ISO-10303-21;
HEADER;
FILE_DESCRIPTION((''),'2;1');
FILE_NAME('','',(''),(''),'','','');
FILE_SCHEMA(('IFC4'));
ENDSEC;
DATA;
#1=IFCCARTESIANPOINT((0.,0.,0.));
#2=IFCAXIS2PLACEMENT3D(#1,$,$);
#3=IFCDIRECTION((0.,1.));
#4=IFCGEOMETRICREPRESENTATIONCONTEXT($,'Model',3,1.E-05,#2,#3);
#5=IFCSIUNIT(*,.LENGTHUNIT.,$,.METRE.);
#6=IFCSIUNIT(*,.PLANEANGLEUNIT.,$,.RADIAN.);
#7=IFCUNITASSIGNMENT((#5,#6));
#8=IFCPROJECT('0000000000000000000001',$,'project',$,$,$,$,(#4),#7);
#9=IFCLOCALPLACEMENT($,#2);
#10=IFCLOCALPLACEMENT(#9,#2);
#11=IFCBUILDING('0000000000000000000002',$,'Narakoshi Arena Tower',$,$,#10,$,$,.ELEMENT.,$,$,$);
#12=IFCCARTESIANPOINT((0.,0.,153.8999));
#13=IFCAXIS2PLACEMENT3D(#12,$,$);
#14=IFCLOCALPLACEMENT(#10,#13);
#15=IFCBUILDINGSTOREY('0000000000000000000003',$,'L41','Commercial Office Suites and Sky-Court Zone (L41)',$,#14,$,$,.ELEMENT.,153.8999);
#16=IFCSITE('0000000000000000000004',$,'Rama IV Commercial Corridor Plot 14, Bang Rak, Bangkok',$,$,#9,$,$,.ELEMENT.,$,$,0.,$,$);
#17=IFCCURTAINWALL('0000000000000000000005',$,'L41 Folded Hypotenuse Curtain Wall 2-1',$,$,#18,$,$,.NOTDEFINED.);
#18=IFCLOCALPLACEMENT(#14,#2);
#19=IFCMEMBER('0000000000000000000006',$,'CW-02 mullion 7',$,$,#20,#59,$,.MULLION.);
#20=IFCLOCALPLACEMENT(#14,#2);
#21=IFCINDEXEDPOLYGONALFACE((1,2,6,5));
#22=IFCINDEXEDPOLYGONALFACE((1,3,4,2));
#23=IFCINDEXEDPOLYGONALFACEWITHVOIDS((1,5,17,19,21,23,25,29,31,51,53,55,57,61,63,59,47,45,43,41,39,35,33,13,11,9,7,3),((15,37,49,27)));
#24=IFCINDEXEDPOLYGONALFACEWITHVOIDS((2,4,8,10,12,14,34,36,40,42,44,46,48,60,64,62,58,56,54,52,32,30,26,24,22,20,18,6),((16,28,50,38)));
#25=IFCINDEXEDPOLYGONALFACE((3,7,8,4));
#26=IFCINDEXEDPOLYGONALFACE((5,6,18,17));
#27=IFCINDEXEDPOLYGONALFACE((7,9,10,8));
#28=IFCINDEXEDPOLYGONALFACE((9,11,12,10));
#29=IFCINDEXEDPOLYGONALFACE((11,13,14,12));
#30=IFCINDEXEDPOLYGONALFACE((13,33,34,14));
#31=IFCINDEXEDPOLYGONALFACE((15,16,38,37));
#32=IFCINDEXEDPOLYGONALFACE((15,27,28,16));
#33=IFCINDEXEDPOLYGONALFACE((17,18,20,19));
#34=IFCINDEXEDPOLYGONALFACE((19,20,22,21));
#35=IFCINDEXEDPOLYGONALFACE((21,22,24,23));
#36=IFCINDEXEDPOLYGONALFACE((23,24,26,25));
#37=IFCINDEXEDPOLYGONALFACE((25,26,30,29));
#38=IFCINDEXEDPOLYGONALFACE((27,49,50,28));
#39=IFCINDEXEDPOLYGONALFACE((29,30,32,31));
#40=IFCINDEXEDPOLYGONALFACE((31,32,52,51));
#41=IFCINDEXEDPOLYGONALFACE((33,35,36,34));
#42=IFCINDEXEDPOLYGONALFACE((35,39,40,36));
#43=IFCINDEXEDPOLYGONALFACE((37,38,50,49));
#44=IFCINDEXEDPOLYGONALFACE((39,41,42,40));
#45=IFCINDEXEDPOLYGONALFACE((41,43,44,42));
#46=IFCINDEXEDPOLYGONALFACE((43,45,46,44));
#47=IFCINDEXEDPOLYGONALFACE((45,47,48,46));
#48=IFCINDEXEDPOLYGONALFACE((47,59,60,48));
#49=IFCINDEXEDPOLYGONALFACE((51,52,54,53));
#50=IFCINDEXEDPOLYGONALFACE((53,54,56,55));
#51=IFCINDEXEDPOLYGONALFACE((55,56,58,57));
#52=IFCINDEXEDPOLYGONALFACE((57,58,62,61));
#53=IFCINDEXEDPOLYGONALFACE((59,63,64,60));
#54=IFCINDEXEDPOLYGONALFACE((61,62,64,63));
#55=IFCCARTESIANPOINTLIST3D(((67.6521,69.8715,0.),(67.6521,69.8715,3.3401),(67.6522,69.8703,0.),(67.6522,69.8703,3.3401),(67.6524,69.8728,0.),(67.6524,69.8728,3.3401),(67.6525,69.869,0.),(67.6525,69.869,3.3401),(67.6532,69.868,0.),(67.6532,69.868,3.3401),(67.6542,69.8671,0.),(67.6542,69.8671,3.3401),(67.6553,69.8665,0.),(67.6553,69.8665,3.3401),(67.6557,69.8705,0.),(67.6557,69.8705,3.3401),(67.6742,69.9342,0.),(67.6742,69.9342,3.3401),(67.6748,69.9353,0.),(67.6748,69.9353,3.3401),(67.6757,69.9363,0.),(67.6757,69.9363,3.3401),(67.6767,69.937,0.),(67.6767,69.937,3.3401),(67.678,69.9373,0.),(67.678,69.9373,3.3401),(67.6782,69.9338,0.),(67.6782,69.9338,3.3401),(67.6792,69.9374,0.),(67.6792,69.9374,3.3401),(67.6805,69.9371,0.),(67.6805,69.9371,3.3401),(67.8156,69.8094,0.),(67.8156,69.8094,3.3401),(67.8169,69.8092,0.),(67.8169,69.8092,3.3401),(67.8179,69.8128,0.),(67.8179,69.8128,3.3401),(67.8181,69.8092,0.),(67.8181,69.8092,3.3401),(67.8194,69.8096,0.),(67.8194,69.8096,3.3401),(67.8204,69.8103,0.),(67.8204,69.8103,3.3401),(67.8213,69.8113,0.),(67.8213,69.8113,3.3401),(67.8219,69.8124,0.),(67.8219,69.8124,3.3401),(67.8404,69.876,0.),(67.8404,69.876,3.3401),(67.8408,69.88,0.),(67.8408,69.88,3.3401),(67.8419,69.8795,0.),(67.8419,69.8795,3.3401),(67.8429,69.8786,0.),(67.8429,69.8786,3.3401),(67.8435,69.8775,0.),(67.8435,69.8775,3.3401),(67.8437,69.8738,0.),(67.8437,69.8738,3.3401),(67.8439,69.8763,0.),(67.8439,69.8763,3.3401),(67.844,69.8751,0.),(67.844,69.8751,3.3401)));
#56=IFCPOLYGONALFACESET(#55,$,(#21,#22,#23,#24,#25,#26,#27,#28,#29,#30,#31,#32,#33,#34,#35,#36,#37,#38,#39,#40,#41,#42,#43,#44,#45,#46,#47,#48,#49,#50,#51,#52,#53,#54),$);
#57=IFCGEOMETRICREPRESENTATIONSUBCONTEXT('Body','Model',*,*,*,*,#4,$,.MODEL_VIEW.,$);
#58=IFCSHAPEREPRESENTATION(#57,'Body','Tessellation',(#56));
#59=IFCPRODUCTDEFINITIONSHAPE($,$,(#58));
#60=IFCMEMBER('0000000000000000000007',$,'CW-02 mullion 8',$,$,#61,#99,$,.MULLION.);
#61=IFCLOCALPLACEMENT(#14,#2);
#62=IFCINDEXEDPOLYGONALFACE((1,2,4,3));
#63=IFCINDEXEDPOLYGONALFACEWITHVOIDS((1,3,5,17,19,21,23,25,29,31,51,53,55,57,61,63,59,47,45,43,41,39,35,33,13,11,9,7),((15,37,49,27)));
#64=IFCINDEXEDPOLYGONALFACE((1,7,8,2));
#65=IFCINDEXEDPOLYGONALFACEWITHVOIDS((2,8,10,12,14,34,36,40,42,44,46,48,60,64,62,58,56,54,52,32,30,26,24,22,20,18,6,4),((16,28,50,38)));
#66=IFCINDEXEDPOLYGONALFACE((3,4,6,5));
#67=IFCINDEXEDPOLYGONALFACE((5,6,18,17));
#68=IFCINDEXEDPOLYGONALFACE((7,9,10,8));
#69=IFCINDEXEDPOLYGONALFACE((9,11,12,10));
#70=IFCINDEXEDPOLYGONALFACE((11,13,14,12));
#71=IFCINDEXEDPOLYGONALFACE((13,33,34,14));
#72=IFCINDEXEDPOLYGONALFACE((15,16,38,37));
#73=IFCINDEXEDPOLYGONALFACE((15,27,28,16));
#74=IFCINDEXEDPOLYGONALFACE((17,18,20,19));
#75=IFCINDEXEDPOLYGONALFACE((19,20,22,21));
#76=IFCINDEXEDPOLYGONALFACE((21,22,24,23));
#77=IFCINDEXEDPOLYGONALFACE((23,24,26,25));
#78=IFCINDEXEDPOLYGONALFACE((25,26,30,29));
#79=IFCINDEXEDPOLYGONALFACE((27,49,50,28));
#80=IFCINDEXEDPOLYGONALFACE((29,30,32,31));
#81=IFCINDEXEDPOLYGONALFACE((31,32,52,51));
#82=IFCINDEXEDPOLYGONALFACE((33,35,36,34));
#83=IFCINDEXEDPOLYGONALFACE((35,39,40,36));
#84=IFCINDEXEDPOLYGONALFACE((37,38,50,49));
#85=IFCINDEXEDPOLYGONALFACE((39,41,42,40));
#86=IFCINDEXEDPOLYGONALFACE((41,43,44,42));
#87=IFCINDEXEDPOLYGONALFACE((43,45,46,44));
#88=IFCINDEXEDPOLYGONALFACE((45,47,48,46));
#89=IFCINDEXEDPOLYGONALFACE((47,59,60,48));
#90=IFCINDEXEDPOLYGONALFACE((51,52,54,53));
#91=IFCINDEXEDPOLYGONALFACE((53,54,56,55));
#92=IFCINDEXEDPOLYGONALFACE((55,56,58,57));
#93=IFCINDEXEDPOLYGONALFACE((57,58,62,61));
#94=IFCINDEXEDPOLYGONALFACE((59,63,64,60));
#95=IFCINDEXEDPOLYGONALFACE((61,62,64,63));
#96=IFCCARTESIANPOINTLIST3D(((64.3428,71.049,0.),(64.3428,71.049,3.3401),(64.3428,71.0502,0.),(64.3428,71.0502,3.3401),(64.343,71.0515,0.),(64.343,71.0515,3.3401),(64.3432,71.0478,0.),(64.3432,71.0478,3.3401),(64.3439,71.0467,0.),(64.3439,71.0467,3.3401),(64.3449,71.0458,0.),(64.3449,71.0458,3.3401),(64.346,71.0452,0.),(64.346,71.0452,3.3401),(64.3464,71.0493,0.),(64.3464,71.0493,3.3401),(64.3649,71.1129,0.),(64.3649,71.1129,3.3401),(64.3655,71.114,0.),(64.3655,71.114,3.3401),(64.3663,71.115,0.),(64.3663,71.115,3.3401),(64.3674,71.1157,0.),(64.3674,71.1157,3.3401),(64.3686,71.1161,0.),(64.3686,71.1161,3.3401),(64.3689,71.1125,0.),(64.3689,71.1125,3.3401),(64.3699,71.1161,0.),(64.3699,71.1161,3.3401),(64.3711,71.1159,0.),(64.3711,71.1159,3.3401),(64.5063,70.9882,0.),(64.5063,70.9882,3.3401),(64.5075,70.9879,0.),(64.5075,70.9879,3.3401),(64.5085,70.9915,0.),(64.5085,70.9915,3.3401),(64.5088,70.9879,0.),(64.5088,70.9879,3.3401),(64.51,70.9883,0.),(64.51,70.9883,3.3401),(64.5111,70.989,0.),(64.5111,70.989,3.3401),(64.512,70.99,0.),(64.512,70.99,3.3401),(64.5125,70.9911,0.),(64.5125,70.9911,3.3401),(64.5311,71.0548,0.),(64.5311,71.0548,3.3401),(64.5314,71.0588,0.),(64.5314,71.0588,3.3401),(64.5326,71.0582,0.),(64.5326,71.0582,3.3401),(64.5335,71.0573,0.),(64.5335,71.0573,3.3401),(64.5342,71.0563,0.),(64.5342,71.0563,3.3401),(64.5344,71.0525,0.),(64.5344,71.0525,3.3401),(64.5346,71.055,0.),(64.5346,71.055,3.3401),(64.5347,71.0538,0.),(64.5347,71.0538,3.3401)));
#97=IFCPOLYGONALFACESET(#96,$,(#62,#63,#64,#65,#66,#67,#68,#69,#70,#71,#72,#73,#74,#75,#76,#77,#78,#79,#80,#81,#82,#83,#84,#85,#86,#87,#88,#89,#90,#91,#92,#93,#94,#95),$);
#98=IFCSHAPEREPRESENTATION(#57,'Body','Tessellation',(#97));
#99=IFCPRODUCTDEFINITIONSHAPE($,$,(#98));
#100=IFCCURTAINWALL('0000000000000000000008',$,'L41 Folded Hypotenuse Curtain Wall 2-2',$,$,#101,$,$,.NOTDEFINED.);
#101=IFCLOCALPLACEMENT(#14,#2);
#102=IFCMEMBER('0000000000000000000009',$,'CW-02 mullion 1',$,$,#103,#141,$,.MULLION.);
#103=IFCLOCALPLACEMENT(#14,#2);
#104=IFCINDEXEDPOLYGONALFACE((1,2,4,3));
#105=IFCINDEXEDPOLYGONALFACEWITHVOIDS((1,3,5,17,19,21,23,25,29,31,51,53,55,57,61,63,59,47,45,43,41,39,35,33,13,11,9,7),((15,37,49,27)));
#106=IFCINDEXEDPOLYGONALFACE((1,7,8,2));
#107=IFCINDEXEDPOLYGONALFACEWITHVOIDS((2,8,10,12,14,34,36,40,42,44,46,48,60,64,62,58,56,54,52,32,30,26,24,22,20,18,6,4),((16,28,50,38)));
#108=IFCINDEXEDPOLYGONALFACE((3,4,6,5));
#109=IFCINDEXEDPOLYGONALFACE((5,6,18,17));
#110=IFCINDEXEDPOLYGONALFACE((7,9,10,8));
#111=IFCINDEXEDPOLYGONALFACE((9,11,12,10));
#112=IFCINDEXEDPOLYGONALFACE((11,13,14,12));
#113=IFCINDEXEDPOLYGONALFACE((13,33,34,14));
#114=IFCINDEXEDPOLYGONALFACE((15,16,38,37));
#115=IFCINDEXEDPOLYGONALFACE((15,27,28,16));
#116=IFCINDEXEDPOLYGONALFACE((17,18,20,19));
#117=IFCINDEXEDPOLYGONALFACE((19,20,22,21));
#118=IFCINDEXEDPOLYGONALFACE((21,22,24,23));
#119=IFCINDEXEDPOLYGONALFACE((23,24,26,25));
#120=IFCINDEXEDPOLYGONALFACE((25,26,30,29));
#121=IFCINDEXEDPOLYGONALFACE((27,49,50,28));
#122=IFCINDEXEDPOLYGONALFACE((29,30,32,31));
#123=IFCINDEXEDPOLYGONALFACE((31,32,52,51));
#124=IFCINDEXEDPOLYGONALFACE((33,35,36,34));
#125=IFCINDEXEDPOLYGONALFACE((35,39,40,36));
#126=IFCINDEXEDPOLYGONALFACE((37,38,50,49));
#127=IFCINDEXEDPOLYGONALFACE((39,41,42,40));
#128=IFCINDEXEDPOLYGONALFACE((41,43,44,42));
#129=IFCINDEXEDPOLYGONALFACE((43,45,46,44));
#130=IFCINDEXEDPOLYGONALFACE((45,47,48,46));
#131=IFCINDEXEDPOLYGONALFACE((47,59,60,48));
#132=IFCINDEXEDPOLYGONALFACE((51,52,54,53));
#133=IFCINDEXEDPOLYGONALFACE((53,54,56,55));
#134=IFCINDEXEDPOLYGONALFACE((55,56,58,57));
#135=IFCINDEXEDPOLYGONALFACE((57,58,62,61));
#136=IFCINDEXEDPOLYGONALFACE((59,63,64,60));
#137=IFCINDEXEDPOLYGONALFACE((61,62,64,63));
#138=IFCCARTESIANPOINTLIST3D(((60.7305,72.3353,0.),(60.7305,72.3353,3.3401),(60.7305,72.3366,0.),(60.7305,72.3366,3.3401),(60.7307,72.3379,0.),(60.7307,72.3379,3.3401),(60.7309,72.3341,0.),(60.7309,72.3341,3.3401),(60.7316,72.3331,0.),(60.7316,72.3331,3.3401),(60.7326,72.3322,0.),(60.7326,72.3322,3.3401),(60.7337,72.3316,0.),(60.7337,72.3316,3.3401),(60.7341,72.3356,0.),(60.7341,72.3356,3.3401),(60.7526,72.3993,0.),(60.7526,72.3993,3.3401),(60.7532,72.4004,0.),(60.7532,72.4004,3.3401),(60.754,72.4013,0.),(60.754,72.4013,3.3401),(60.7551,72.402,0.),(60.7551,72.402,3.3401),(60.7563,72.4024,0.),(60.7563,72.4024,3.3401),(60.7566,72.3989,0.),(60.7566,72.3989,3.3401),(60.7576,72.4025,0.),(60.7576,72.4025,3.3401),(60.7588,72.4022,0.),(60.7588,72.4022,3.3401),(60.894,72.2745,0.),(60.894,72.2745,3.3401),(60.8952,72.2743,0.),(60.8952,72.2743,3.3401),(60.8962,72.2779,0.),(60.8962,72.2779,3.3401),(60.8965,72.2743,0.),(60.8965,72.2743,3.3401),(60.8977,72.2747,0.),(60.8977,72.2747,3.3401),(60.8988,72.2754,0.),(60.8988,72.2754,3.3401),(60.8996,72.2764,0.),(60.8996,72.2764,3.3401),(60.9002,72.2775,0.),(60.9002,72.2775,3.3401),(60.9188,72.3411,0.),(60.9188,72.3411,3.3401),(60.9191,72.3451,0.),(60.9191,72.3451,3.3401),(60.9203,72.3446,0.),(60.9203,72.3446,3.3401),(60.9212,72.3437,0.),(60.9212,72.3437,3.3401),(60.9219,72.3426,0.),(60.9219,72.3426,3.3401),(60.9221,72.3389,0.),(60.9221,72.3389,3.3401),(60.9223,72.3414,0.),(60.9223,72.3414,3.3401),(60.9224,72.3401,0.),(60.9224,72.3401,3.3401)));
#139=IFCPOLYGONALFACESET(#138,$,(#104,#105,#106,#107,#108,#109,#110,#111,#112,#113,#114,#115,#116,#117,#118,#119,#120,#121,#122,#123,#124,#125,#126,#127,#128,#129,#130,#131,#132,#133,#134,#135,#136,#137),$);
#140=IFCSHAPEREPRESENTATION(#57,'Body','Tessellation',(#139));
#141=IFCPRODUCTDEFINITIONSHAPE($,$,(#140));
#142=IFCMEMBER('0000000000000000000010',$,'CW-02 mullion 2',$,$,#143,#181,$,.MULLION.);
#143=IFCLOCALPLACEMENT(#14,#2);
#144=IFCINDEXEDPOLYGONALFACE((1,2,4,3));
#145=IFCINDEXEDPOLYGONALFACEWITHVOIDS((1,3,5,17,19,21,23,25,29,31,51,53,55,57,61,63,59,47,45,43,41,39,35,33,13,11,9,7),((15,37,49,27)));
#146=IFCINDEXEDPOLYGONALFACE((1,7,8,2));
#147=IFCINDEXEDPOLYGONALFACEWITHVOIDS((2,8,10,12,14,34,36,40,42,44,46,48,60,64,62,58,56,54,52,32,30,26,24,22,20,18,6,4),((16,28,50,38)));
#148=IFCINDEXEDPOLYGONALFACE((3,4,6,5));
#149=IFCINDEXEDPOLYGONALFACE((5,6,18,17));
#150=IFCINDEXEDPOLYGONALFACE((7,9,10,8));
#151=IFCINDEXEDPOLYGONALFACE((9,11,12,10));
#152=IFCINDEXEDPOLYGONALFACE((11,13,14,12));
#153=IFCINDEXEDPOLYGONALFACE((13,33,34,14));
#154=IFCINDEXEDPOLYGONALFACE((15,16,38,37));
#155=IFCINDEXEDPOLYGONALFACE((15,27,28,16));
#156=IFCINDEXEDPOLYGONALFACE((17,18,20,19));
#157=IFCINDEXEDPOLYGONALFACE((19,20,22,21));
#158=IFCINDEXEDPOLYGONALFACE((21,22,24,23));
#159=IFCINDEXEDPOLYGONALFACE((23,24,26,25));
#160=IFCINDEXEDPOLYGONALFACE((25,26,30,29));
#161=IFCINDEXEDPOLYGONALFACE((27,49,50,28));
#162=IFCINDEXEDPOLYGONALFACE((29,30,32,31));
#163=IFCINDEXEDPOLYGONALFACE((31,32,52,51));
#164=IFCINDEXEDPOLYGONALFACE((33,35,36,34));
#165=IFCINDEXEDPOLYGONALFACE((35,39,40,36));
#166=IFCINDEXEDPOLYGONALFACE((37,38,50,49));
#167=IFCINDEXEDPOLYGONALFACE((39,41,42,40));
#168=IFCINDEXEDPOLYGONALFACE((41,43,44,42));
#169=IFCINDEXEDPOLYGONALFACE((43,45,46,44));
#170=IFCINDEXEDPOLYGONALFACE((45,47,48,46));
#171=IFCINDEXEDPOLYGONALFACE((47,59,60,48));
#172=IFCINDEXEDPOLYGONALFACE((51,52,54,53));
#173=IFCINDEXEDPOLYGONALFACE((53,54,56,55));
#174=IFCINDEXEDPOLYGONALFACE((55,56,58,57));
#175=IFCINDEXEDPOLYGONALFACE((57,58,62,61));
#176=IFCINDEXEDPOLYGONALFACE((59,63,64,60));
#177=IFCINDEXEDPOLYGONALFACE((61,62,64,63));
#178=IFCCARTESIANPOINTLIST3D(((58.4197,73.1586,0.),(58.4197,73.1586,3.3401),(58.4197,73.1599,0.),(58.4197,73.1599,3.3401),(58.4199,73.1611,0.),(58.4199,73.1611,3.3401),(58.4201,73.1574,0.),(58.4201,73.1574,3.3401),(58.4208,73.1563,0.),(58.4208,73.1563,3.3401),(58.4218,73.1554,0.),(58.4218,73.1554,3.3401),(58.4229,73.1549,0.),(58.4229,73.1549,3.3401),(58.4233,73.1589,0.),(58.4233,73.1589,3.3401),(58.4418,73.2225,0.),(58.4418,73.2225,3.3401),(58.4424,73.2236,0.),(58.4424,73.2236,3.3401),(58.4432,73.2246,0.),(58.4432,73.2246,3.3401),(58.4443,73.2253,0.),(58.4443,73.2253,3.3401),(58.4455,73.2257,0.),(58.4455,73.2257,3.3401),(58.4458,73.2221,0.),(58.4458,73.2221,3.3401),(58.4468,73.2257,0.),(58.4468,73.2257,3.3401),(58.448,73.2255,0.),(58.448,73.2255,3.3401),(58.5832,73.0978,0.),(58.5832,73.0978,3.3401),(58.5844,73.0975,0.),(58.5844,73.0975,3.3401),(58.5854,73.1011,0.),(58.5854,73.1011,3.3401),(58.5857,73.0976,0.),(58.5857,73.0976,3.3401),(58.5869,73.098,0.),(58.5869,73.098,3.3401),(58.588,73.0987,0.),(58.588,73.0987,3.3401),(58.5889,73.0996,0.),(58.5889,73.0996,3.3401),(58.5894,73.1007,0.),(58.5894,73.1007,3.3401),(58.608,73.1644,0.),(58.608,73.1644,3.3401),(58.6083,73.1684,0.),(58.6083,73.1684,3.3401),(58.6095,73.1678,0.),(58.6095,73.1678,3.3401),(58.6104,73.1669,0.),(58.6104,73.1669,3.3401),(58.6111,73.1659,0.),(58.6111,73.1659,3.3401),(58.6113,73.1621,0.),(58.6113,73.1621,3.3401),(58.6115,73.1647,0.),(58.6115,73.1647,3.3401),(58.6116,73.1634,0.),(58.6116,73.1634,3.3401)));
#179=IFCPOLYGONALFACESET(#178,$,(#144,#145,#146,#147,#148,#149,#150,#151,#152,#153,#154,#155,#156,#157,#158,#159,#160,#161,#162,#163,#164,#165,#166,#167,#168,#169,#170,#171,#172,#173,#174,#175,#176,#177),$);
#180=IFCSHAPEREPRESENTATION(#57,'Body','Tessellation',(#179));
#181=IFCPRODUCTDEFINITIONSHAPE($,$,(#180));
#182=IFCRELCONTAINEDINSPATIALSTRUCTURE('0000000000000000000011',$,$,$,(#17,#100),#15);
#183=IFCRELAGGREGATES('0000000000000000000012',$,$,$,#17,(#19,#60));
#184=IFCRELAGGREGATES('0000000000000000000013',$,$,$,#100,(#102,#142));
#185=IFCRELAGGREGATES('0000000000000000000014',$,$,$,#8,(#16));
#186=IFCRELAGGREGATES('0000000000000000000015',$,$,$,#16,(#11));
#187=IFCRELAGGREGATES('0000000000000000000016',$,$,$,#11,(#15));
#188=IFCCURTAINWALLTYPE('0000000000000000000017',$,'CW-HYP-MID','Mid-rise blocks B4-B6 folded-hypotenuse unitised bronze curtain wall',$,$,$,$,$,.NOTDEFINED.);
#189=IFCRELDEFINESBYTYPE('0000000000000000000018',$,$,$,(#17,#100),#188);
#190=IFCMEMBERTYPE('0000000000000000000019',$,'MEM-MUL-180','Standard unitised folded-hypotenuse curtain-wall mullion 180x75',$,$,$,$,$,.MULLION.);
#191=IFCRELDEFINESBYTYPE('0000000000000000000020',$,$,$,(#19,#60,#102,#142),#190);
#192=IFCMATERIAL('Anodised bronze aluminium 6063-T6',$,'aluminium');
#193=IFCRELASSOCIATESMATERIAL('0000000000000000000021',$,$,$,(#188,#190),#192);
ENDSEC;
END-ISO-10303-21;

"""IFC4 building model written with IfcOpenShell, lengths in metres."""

from ifc_helpers import new_model, si_unit, direction, frame, origin, origin_2d, place, context, subcontext, project, spatial, hollow_rectangle, extrude, material, material_profile, profile_set, type_object, element, aggregate, save


model = new_model("IFC4")

# Units and contexts
model_context = context("Model", 3, precision=1e-05, world=origin(), true_north=direction((0.0, 1.0)))
body_context = subcontext(model_context, "Body", "Model", "MODEL_VIEW")
ifc_project = project(units=[si_unit("LENGTHUNIT", "METRE"), si_unit("PLANEANGLEUNIT", "RADIAN")], contexts=[model_context])

# Site, building, storey
site_placement = place(None, origin())
site = spatial("IfcSite", under=ifc_project, at=site_placement, Name="Rama IV Commercial Corridor Plot 14, Bang Rak, Bangkok", CompositionType="ELEMENT", RefElevation=0.0)
building_placement = place(site_placement, origin())
building = spatial("IfcBuilding", under=site, at=building_placement, Name="Narakoshi Arena Tower", CompositionType="ELEMENT")
storey_placement = place(building_placement, frame((0.0, 0.0, 153.8999)))
storey = spatial("IfcBuildingStorey", under=building, at=storey_placement, Name="L41", Description="Commercial Office Suites and Sky-Court Zone (L41)", CompositionType="ELEMENT", Elevation=153.8999)

# Curtain walls, members
ifc_material_1 = material(Name="Anodised bronze aluminium 6063-T6", Category="aluminium")
curtain_wall_type = type_object("IfcCurtainWallType", Name="CW-HYP-MID", Description="Mid-rise blocks B4-B6 folded-hypotenuse unitised bronze curtain wall", PredefinedType="NOTDEFINED", material=ifc_material_1)
curtain_wall_1_placement = place(storey_placement, origin())
curtain_wall_1 = element("IfcCurtainWall", 1, at=curtain_wall_1_placement, inside=storey, type_object=curtain_wall_type, Name="L41 Folded Hypotenuse Curtain Wall 2-1", PredefinedType="NOTDEFINED")
ifc_material_profile_1 = material_profile(ifc_material_1, hollow_rectangle(XDim=0.075, YDim=0.1799, WallThickness=0.0039, OuterFilletRadius=0.0049, at=origin_2d()), Name="MUL180x75x4")
ifc_profile_set_1 = profile_set([ifc_material_profile_1], Name="Anodised bronze aluminium 6063-T6")
member_type_1 = type_object("IfcMemberType", Name="MEM-MUL-180", Description="Standard unitised folded-hypotenuse curtain-wall mullion 180x75", PredefinedType="MULLION", material=ifc_profile_set_1)
member_1_placement = place(storey_placement, frame((67.748, 69.8733, 0.0), z_axis=(0.0, 0.0, 1.0), x_axis=(-0.335518, -0.942034, 0.0)))
member_1 = element("IfcMember", 2, at=member_1_placement, type_object=member_type_1, Name="CW-02 mullion 7", PredefinedType="MULLION", context=body_context, shape_type="SweptSolid", body=[
    extrude(hollow_rectangle(XDim=0.075, YDim=0.1799, WallThickness=0.0039, OuterFilletRadius=0.0049, at=origin_2d()), origin(), (0.0, 0.0, 1.0), 3.3401),
])
member_2_placement = place(storey_placement, frame((64.4387, 71.052, 0.0), z_axis=(0.0, 0.0, 1.0), x_axis=(-0.335518, -0.942034, 0.0)))
member_2 = element("IfcMember", 3, at=member_2_placement, type_object=member_type_1, Name="CW-02 mullion 8", PredefinedType="MULLION", context=body_context, shape_type="SweptSolid", body=[
    extrude(hollow_rectangle(XDim=0.075, YDim=0.1799, WallThickness=0.0039, OuterFilletRadius=0.0049, at=origin_2d()), origin(), (0.0, 0.0, 1.0), 3.3401),
])
curtain_wall_2_placement = place(storey_placement, origin())
curtain_wall_2 = element("IfcCurtainWall", 4, at=curtain_wall_2_placement, inside=storey, type_object=curtain_wall_type, Name="L41 Folded Hypotenuse Curtain Wall 2-2", PredefinedType="NOTDEFINED")
member_3_placement = place(storey_placement, frame((60.8264, 72.3384, 0.0), z_axis=(0.0, 0.0, 1.0), x_axis=(-0.335542, -0.942025, 0.0)))
member_3 = element("IfcMember", 5, at=member_3_placement, type_object=member_type_1, Name="CW-02 mullion 1", PredefinedType="MULLION", context=body_context, shape_type="SweptSolid", body=[
    extrude(hollow_rectangle(XDim=0.075, YDim=0.1799, WallThickness=0.0039, OuterFilletRadius=0.0049, at=origin_2d()), origin(), (0.0, 0.0, 1.0), 3.3401),
])
member_4_placement = place(storey_placement, frame((58.5156, 73.1616, 0.0), z_axis=(0.0, 0.0, 1.0), x_axis=(-0.335542, -0.942025, 0.0)))
member_4 = element("IfcMember", 6, at=member_4_placement, type_object=member_type_1, Name="CW-02 mullion 2", PredefinedType="MULLION", context=body_context, shape_type="SweptSolid", body=[
    extrude(hollow_rectangle(XDim=0.075, YDim=0.1799, WallThickness=0.0039, OuterFilletRadius=0.0049, at=origin_2d()), origin(), (0.0, 0.0, 1.0), 3.3401),
])

aggregate(curtain_wall_1, [member_1, member_2])
aggregate(curtain_wall_2, [member_3, member_4])

save(model, "model.ifc")
